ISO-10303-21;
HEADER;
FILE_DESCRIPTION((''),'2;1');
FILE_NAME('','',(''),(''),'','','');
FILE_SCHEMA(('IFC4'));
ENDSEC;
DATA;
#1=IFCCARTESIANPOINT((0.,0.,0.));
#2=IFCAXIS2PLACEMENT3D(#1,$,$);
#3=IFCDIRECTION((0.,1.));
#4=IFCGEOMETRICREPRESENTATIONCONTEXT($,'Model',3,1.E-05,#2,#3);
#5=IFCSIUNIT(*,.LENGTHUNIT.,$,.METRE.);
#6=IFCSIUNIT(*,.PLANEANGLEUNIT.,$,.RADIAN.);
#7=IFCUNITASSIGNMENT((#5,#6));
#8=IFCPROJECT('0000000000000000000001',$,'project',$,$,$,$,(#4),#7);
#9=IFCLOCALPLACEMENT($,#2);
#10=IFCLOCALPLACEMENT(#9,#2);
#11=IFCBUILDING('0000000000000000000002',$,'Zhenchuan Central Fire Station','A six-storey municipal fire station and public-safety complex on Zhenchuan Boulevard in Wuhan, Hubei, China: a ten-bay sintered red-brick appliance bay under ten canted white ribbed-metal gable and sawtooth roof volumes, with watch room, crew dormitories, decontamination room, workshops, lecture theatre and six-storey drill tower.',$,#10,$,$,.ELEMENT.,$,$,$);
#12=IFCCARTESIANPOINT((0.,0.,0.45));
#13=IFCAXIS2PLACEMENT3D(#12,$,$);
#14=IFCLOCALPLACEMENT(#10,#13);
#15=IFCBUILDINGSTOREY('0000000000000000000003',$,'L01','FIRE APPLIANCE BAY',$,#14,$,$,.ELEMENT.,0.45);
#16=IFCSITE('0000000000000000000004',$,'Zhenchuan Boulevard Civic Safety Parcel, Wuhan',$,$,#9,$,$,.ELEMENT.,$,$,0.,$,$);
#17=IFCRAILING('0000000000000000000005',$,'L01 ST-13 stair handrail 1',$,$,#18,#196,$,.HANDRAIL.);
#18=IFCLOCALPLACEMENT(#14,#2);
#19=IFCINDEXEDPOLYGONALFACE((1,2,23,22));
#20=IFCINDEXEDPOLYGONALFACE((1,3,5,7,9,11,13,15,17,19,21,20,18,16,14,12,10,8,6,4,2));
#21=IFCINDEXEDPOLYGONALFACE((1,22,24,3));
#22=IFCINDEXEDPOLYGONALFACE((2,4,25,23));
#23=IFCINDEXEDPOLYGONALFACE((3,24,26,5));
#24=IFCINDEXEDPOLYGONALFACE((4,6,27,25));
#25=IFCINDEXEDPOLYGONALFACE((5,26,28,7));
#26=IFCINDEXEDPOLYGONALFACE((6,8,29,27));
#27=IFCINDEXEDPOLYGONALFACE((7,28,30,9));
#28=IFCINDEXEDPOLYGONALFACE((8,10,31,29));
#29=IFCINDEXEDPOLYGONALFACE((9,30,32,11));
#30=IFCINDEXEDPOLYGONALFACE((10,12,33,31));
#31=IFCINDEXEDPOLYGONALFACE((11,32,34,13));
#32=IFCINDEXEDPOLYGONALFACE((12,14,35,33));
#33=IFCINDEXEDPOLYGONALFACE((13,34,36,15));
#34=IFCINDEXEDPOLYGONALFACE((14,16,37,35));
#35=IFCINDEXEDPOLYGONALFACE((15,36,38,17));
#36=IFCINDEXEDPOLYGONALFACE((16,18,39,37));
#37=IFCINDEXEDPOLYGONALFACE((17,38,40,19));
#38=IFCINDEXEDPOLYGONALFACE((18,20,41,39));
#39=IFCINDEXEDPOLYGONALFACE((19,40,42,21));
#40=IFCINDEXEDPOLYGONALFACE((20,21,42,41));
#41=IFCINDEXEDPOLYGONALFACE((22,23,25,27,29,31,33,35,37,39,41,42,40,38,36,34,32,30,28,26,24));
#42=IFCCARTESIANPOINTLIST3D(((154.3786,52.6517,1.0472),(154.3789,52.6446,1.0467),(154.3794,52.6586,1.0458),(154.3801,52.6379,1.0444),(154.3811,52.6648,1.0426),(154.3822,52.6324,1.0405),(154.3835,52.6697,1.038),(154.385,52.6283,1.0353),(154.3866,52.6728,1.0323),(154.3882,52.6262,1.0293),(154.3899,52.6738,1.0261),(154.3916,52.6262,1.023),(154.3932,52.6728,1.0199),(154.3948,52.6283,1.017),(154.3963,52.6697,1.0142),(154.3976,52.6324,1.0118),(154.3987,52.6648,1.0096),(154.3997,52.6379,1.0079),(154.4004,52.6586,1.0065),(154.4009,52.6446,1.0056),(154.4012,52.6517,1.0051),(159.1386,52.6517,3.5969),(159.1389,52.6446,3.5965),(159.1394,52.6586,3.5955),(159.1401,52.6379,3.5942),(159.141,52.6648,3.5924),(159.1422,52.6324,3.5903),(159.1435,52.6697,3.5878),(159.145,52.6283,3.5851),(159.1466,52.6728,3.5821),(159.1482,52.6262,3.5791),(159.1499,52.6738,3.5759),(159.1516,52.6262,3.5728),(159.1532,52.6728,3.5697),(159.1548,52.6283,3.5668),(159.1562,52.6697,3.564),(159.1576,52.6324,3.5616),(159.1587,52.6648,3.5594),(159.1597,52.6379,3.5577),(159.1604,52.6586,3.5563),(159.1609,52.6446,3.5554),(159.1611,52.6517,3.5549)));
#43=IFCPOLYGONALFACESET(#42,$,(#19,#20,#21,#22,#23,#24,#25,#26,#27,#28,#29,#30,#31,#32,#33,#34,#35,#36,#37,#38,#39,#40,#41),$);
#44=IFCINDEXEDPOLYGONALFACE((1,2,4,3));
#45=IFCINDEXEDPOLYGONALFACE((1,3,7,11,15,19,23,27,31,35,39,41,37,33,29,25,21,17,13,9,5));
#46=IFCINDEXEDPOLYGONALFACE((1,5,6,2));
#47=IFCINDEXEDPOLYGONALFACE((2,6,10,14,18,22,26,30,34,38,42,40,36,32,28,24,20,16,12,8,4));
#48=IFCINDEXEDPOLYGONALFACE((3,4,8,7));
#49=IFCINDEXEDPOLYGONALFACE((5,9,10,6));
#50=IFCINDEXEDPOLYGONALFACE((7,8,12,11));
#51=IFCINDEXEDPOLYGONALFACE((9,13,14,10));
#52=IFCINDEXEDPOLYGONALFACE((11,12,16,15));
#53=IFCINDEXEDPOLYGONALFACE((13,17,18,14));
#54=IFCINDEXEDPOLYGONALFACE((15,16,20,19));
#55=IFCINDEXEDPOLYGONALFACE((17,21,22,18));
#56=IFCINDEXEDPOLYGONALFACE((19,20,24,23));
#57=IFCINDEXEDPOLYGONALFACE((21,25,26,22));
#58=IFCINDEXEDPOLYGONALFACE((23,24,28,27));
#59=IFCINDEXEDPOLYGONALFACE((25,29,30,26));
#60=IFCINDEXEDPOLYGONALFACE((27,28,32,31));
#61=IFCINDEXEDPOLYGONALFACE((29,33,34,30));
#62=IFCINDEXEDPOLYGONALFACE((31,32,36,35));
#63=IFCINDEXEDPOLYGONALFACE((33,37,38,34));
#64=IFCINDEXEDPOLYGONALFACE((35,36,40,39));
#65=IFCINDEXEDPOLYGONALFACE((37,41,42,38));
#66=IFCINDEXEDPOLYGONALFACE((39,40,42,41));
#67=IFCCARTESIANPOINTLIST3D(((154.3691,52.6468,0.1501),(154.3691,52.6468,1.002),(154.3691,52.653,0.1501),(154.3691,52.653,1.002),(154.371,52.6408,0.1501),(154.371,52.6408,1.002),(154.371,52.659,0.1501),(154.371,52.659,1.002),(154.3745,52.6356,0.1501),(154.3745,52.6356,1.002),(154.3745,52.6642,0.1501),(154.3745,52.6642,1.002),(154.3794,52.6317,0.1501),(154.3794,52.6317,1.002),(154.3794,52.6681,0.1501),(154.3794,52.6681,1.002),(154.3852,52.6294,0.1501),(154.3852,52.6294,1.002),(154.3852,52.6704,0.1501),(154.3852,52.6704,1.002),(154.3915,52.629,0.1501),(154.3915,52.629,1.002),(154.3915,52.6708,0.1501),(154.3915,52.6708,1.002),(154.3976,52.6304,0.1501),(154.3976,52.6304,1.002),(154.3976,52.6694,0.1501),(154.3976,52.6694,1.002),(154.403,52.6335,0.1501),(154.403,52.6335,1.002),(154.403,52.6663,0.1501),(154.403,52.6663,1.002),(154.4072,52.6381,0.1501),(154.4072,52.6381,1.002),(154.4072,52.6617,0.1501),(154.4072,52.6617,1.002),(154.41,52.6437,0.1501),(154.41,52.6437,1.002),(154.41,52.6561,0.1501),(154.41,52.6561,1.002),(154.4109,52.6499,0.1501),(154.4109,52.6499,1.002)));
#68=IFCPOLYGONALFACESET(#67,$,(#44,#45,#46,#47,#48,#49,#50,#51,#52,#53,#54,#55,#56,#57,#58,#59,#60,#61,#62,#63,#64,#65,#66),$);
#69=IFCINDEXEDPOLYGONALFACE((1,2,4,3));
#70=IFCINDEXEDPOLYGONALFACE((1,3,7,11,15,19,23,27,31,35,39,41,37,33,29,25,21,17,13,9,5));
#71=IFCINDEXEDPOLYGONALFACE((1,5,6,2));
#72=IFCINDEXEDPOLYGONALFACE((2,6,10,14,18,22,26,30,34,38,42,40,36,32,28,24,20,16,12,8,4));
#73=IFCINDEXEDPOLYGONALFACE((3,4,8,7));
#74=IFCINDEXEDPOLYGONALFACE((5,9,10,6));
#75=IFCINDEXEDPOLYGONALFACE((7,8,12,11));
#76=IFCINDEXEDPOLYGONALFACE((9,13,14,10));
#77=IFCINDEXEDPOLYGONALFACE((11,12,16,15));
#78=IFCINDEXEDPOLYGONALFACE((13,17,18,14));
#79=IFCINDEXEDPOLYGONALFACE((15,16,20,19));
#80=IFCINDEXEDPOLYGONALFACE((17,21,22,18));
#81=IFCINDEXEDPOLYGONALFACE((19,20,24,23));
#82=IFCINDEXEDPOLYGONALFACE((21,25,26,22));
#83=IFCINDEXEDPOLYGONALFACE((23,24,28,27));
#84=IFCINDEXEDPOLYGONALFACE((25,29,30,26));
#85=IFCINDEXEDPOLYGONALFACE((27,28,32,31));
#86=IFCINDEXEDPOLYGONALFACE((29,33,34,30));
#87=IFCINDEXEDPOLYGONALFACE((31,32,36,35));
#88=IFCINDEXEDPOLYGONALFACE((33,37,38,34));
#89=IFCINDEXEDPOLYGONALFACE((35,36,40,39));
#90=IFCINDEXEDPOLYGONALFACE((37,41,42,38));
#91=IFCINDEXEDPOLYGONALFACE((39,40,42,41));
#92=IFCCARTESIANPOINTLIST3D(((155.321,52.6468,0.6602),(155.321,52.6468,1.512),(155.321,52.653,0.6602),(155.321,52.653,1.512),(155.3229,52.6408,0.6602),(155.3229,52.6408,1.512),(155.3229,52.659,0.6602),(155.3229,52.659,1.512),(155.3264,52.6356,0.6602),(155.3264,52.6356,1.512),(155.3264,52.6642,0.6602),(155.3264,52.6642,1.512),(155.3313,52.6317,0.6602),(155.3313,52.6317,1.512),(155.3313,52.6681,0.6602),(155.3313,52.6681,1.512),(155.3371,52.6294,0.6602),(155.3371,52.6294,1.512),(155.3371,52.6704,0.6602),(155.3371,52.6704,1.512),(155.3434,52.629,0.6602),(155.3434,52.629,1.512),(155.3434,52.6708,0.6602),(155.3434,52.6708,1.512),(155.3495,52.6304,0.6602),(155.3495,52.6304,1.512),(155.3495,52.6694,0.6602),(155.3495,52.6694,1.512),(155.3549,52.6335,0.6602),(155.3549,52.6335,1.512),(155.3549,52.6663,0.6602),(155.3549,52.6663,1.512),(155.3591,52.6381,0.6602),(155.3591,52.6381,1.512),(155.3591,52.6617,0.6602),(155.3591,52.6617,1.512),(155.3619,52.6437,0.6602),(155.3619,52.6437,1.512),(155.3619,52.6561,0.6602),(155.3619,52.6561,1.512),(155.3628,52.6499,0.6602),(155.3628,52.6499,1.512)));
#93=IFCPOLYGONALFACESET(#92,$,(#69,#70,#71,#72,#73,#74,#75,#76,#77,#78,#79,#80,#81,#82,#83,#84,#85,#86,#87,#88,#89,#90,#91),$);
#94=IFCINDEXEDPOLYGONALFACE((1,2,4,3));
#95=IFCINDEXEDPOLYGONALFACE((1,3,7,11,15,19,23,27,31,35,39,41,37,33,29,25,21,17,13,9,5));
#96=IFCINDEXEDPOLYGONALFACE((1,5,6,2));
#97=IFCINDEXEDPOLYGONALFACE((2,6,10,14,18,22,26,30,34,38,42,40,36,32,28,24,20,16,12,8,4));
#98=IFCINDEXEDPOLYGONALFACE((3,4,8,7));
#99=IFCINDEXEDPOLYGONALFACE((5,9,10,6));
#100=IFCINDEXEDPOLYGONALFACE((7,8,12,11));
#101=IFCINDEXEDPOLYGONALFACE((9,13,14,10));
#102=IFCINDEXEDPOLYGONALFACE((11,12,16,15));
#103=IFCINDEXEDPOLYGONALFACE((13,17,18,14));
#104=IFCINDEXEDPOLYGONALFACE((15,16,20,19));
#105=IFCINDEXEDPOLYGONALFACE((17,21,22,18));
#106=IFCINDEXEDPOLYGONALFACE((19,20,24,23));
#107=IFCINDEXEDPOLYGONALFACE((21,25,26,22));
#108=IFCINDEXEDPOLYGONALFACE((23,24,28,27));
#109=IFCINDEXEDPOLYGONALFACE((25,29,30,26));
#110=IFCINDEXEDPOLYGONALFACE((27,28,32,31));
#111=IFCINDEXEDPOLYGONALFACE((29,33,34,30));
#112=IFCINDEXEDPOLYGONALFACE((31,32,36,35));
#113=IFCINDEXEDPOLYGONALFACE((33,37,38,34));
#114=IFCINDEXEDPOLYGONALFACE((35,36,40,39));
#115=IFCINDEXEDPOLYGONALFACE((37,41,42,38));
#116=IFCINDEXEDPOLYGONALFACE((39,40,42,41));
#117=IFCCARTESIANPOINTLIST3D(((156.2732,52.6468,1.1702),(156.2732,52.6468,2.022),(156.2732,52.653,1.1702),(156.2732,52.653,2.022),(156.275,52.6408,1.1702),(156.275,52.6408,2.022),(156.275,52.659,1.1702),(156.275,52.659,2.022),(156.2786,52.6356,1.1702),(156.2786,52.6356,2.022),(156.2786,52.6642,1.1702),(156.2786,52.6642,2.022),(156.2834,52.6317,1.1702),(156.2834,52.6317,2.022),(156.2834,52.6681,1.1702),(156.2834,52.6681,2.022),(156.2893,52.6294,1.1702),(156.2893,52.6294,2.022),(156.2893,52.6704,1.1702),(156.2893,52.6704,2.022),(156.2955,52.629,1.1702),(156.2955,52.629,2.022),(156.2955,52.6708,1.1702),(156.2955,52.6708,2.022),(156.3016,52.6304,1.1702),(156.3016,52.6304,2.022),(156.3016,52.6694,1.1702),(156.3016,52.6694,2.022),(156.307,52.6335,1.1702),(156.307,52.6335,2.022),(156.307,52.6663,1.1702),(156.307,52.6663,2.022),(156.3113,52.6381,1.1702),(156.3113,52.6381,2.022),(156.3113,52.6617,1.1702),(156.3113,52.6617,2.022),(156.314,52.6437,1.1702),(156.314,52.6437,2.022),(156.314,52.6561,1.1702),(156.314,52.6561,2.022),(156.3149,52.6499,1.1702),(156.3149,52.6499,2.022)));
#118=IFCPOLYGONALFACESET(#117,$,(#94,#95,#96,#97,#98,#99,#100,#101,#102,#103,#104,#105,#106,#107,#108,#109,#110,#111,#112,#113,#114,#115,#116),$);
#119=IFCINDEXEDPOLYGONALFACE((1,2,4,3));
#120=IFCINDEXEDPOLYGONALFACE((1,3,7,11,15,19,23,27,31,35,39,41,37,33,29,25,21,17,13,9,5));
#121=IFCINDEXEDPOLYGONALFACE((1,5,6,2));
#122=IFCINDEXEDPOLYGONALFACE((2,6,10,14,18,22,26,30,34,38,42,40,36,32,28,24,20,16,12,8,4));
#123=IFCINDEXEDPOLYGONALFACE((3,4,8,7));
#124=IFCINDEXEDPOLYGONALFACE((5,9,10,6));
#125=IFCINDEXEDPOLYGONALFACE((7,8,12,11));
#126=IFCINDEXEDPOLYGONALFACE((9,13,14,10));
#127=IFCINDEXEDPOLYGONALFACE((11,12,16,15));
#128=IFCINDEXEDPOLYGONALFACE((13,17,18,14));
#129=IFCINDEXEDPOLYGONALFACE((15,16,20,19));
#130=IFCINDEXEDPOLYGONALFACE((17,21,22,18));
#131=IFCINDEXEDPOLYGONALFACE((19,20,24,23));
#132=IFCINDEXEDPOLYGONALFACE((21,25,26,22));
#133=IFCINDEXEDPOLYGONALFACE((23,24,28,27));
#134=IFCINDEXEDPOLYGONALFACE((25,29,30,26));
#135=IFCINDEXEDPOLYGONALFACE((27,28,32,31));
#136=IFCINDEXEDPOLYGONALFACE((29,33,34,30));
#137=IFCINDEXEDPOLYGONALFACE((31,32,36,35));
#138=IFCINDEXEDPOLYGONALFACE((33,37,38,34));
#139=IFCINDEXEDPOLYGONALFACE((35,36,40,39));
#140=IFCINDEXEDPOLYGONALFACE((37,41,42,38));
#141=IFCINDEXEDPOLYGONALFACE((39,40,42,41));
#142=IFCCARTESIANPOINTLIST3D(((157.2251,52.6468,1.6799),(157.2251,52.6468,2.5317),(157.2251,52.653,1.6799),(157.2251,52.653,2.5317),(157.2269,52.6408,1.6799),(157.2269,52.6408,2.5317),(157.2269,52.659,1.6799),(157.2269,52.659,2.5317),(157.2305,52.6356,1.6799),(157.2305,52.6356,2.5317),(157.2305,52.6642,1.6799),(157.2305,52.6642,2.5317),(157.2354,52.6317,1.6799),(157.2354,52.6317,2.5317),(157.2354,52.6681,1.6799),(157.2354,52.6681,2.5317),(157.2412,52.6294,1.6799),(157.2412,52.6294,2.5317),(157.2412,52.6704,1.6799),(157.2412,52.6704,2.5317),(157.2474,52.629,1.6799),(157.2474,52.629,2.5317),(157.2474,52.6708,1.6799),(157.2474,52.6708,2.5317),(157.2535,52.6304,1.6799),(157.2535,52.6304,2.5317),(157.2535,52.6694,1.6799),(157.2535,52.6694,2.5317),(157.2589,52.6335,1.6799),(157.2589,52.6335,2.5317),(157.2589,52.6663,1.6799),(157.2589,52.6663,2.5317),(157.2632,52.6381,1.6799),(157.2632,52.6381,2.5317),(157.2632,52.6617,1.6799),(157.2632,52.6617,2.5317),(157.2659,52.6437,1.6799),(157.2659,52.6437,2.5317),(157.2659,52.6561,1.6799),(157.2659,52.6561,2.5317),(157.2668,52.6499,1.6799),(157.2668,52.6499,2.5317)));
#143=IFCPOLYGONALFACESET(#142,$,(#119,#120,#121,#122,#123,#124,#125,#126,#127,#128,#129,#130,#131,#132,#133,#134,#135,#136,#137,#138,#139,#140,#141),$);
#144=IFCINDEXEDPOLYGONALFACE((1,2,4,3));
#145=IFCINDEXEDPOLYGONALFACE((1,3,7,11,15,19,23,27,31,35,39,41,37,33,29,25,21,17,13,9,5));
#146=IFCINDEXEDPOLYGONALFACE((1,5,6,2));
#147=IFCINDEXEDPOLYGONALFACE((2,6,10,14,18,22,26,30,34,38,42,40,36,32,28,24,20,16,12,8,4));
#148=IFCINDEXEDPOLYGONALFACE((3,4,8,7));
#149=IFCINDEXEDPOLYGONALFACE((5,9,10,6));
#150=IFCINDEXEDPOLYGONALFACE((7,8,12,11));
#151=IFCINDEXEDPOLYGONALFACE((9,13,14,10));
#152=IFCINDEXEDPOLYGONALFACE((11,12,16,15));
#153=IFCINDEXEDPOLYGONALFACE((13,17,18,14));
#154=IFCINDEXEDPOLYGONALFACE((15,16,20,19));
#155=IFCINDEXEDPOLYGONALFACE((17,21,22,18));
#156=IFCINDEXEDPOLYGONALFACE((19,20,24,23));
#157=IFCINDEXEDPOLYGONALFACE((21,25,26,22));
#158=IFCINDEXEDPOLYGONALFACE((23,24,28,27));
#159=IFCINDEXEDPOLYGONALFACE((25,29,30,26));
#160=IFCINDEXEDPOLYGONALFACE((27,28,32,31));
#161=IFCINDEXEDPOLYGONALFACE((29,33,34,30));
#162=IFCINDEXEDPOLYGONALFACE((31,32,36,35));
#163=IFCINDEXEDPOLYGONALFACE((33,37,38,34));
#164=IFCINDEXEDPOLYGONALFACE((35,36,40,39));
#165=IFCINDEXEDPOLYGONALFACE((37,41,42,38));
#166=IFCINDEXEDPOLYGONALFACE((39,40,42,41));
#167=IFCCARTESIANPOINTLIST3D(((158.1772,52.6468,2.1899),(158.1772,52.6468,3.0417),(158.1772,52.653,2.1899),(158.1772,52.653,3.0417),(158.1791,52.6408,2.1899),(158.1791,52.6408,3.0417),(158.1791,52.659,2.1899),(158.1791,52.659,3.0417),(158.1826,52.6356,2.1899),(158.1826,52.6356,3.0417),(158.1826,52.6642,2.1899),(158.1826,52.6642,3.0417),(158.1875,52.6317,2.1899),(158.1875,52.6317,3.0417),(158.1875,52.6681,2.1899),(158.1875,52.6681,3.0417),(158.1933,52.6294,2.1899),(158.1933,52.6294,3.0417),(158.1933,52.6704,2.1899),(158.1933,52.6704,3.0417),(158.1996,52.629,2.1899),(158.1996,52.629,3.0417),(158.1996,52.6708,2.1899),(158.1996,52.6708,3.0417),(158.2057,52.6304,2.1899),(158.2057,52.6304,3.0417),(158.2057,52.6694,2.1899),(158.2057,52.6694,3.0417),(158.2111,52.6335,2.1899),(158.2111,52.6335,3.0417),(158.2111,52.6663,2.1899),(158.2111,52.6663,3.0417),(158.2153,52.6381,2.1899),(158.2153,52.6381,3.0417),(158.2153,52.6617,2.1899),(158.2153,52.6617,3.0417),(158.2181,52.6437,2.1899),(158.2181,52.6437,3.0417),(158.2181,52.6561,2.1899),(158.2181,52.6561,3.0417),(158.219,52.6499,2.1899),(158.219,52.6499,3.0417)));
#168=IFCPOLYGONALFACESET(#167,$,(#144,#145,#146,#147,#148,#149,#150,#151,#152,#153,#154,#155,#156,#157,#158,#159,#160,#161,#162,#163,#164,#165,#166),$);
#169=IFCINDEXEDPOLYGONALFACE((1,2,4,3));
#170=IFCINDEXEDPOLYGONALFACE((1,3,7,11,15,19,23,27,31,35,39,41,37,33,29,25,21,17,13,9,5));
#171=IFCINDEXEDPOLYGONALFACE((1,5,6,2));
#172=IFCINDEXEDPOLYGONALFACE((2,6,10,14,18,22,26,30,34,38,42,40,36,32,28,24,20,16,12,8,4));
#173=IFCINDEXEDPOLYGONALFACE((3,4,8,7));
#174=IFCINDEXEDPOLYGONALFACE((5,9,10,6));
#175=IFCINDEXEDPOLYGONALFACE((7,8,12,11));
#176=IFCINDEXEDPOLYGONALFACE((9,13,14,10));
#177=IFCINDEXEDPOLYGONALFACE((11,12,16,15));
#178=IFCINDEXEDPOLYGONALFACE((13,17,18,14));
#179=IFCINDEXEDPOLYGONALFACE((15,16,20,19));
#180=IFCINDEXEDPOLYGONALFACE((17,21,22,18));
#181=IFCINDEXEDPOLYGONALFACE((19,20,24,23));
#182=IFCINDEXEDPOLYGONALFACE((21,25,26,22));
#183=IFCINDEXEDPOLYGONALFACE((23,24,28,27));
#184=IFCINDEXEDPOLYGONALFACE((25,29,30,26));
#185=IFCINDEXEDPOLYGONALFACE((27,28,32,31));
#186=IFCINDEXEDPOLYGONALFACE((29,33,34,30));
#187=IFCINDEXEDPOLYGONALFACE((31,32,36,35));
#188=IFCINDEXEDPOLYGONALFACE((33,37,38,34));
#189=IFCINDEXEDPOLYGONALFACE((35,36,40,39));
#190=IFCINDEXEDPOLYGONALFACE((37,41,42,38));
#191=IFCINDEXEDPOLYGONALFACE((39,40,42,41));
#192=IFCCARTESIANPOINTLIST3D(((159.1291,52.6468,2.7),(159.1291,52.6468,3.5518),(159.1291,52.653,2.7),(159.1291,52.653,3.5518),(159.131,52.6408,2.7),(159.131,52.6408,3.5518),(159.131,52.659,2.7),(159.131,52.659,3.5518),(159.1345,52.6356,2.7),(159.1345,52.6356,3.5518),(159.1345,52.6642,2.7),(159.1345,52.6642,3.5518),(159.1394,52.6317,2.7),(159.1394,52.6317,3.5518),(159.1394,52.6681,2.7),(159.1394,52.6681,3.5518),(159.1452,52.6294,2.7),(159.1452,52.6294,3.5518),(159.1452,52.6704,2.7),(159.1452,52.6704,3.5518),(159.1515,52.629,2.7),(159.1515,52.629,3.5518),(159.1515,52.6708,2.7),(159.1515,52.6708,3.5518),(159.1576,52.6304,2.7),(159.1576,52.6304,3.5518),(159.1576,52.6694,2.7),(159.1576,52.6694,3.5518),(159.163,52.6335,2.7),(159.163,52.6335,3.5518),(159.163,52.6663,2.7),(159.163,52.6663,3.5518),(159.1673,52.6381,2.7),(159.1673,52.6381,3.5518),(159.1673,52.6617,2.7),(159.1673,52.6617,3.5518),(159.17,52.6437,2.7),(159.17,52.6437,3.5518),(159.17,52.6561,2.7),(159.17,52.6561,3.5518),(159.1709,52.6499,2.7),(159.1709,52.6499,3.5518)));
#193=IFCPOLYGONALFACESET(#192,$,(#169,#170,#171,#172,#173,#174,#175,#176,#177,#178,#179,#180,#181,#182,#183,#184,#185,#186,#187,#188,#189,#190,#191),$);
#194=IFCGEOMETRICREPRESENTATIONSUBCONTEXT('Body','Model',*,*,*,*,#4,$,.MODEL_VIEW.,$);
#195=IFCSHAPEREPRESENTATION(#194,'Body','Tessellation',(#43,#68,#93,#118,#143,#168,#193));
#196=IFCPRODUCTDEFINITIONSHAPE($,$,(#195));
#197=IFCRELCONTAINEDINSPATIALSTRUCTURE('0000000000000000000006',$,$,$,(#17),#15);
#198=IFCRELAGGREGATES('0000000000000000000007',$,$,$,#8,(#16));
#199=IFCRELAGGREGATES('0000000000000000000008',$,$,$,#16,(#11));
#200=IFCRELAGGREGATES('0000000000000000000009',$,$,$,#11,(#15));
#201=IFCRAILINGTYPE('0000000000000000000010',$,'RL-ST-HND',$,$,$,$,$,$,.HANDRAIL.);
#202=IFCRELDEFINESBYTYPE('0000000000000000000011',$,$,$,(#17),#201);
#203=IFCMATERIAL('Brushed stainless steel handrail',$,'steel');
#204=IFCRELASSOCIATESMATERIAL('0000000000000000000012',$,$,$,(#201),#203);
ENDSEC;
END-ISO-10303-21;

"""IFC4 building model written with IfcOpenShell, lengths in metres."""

from ifc_helpers import new_model, si_unit, direction, frame, origin, origin_2d, place, context, subcontext, project, spatial, circle, extrude, material, type_object, element, save


model = new_model("IFC4")

# Units and contexts
model_context = context("Model", 3, precision=1e-05, world=origin(), true_north=direction((0.0, 1.0)))
body_context = subcontext(model_context, "Body", "Model", "MODEL_VIEW")
ifc_project = project(units=[si_unit("LENGTHUNIT", "METRE"), si_unit("PLANEANGLEUNIT", "RADIAN")], contexts=[model_context])

# Site, building, storey
site_placement = place(None, origin())
site = spatial("IfcSite", under=ifc_project, at=site_placement, Name="Zhenchuan Boulevard Civic Safety Parcel, Wuhan", CompositionType="ELEMENT", RefElevation=0.0)
building_placement = place(site_placement, origin())
building = spatial("IfcBuilding", under=site, at=building_placement, Name="Zhenchuan Central Fire Station", Description="A six-storey municipal fire station and public-safety complex on Zhenchuan Boulevard in Wuhan, Hubei, China: a ten-bay sintered red-brick appliance bay under ten canted white ribbed-metal gable and sawtooth roof volumes, with watch room, crew dormitories, decontamination room, workshops, lecture theatre and six-storey drill tower.", CompositionType="ELEMENT")
storey_placement = place(building_placement, frame((0.0, 0.0, 0.45)))
storey = spatial("IfcBuildingStorey", under=building, at=storey_placement, Name="L01", Description="FIRE APPLIANCE BAY", CompositionType="ELEMENT", Elevation=0.45)

# Railing
ifc_material_1 = material(Name="Brushed stainless steel handrail", Category="steel")
railing_type_1 = type_object("IfcRailingType", Name="RL-ST-HND", PredefinedType="HANDRAIL", material=ifc_material_1)
railing_1_placement = place(storey_placement, frame((154.3899, 52.6499, 0.1501)))
element("IfcRailing", 1, at=railing_1_placement, inside=storey, type_object=railing_type_1, Name="L01 ST-13 stair handrail 1", PredefinedType="HANDRAIL", context=body_context, shape_type="SweptSolid", body=[
    extrude(circle(Radius=0.0239, at=origin_2d()), frame((0.0, 0.0, 0.876), z_axis=(0.881495, 0.0, 0.472193), x_axis=(0.0, 1.0, 0.0)), (0.0, 0.0, 1.0), 5.3999),
    extrude(circle(Radius=0.021, at=origin_2d()), origin(), (0.0, 0.0, 1.0), 0.8518),
    extrude(circle(Radius=0.021, at=origin_2d()), frame((0.9519, 0.0, 0.51)), (0.0, 0.0, 1.0), 0.8518),
    extrude(circle(Radius=0.021, at=origin_2d()), frame((1.9041, 0.0, 1.02)), (0.0, 0.0, 1.0), 0.8518),
    extrude(circle(Radius=0.021, at=origin_2d()), frame((2.856, 0.0, 1.5298)), (0.0, 0.0, 1.0), 0.8518),
    extrude(circle(Radius=0.021, at=origin_2d()), frame((3.8081, 0.0, 2.0398)), (0.0, 0.0, 1.0), 0.8518),
    extrude(circle(Radius=0.021, at=origin_2d()), frame((4.76, 0.0, 2.5498)), (0.0, 0.0, 1.0), 0.8518),
])

save(model, "model.ifc")
